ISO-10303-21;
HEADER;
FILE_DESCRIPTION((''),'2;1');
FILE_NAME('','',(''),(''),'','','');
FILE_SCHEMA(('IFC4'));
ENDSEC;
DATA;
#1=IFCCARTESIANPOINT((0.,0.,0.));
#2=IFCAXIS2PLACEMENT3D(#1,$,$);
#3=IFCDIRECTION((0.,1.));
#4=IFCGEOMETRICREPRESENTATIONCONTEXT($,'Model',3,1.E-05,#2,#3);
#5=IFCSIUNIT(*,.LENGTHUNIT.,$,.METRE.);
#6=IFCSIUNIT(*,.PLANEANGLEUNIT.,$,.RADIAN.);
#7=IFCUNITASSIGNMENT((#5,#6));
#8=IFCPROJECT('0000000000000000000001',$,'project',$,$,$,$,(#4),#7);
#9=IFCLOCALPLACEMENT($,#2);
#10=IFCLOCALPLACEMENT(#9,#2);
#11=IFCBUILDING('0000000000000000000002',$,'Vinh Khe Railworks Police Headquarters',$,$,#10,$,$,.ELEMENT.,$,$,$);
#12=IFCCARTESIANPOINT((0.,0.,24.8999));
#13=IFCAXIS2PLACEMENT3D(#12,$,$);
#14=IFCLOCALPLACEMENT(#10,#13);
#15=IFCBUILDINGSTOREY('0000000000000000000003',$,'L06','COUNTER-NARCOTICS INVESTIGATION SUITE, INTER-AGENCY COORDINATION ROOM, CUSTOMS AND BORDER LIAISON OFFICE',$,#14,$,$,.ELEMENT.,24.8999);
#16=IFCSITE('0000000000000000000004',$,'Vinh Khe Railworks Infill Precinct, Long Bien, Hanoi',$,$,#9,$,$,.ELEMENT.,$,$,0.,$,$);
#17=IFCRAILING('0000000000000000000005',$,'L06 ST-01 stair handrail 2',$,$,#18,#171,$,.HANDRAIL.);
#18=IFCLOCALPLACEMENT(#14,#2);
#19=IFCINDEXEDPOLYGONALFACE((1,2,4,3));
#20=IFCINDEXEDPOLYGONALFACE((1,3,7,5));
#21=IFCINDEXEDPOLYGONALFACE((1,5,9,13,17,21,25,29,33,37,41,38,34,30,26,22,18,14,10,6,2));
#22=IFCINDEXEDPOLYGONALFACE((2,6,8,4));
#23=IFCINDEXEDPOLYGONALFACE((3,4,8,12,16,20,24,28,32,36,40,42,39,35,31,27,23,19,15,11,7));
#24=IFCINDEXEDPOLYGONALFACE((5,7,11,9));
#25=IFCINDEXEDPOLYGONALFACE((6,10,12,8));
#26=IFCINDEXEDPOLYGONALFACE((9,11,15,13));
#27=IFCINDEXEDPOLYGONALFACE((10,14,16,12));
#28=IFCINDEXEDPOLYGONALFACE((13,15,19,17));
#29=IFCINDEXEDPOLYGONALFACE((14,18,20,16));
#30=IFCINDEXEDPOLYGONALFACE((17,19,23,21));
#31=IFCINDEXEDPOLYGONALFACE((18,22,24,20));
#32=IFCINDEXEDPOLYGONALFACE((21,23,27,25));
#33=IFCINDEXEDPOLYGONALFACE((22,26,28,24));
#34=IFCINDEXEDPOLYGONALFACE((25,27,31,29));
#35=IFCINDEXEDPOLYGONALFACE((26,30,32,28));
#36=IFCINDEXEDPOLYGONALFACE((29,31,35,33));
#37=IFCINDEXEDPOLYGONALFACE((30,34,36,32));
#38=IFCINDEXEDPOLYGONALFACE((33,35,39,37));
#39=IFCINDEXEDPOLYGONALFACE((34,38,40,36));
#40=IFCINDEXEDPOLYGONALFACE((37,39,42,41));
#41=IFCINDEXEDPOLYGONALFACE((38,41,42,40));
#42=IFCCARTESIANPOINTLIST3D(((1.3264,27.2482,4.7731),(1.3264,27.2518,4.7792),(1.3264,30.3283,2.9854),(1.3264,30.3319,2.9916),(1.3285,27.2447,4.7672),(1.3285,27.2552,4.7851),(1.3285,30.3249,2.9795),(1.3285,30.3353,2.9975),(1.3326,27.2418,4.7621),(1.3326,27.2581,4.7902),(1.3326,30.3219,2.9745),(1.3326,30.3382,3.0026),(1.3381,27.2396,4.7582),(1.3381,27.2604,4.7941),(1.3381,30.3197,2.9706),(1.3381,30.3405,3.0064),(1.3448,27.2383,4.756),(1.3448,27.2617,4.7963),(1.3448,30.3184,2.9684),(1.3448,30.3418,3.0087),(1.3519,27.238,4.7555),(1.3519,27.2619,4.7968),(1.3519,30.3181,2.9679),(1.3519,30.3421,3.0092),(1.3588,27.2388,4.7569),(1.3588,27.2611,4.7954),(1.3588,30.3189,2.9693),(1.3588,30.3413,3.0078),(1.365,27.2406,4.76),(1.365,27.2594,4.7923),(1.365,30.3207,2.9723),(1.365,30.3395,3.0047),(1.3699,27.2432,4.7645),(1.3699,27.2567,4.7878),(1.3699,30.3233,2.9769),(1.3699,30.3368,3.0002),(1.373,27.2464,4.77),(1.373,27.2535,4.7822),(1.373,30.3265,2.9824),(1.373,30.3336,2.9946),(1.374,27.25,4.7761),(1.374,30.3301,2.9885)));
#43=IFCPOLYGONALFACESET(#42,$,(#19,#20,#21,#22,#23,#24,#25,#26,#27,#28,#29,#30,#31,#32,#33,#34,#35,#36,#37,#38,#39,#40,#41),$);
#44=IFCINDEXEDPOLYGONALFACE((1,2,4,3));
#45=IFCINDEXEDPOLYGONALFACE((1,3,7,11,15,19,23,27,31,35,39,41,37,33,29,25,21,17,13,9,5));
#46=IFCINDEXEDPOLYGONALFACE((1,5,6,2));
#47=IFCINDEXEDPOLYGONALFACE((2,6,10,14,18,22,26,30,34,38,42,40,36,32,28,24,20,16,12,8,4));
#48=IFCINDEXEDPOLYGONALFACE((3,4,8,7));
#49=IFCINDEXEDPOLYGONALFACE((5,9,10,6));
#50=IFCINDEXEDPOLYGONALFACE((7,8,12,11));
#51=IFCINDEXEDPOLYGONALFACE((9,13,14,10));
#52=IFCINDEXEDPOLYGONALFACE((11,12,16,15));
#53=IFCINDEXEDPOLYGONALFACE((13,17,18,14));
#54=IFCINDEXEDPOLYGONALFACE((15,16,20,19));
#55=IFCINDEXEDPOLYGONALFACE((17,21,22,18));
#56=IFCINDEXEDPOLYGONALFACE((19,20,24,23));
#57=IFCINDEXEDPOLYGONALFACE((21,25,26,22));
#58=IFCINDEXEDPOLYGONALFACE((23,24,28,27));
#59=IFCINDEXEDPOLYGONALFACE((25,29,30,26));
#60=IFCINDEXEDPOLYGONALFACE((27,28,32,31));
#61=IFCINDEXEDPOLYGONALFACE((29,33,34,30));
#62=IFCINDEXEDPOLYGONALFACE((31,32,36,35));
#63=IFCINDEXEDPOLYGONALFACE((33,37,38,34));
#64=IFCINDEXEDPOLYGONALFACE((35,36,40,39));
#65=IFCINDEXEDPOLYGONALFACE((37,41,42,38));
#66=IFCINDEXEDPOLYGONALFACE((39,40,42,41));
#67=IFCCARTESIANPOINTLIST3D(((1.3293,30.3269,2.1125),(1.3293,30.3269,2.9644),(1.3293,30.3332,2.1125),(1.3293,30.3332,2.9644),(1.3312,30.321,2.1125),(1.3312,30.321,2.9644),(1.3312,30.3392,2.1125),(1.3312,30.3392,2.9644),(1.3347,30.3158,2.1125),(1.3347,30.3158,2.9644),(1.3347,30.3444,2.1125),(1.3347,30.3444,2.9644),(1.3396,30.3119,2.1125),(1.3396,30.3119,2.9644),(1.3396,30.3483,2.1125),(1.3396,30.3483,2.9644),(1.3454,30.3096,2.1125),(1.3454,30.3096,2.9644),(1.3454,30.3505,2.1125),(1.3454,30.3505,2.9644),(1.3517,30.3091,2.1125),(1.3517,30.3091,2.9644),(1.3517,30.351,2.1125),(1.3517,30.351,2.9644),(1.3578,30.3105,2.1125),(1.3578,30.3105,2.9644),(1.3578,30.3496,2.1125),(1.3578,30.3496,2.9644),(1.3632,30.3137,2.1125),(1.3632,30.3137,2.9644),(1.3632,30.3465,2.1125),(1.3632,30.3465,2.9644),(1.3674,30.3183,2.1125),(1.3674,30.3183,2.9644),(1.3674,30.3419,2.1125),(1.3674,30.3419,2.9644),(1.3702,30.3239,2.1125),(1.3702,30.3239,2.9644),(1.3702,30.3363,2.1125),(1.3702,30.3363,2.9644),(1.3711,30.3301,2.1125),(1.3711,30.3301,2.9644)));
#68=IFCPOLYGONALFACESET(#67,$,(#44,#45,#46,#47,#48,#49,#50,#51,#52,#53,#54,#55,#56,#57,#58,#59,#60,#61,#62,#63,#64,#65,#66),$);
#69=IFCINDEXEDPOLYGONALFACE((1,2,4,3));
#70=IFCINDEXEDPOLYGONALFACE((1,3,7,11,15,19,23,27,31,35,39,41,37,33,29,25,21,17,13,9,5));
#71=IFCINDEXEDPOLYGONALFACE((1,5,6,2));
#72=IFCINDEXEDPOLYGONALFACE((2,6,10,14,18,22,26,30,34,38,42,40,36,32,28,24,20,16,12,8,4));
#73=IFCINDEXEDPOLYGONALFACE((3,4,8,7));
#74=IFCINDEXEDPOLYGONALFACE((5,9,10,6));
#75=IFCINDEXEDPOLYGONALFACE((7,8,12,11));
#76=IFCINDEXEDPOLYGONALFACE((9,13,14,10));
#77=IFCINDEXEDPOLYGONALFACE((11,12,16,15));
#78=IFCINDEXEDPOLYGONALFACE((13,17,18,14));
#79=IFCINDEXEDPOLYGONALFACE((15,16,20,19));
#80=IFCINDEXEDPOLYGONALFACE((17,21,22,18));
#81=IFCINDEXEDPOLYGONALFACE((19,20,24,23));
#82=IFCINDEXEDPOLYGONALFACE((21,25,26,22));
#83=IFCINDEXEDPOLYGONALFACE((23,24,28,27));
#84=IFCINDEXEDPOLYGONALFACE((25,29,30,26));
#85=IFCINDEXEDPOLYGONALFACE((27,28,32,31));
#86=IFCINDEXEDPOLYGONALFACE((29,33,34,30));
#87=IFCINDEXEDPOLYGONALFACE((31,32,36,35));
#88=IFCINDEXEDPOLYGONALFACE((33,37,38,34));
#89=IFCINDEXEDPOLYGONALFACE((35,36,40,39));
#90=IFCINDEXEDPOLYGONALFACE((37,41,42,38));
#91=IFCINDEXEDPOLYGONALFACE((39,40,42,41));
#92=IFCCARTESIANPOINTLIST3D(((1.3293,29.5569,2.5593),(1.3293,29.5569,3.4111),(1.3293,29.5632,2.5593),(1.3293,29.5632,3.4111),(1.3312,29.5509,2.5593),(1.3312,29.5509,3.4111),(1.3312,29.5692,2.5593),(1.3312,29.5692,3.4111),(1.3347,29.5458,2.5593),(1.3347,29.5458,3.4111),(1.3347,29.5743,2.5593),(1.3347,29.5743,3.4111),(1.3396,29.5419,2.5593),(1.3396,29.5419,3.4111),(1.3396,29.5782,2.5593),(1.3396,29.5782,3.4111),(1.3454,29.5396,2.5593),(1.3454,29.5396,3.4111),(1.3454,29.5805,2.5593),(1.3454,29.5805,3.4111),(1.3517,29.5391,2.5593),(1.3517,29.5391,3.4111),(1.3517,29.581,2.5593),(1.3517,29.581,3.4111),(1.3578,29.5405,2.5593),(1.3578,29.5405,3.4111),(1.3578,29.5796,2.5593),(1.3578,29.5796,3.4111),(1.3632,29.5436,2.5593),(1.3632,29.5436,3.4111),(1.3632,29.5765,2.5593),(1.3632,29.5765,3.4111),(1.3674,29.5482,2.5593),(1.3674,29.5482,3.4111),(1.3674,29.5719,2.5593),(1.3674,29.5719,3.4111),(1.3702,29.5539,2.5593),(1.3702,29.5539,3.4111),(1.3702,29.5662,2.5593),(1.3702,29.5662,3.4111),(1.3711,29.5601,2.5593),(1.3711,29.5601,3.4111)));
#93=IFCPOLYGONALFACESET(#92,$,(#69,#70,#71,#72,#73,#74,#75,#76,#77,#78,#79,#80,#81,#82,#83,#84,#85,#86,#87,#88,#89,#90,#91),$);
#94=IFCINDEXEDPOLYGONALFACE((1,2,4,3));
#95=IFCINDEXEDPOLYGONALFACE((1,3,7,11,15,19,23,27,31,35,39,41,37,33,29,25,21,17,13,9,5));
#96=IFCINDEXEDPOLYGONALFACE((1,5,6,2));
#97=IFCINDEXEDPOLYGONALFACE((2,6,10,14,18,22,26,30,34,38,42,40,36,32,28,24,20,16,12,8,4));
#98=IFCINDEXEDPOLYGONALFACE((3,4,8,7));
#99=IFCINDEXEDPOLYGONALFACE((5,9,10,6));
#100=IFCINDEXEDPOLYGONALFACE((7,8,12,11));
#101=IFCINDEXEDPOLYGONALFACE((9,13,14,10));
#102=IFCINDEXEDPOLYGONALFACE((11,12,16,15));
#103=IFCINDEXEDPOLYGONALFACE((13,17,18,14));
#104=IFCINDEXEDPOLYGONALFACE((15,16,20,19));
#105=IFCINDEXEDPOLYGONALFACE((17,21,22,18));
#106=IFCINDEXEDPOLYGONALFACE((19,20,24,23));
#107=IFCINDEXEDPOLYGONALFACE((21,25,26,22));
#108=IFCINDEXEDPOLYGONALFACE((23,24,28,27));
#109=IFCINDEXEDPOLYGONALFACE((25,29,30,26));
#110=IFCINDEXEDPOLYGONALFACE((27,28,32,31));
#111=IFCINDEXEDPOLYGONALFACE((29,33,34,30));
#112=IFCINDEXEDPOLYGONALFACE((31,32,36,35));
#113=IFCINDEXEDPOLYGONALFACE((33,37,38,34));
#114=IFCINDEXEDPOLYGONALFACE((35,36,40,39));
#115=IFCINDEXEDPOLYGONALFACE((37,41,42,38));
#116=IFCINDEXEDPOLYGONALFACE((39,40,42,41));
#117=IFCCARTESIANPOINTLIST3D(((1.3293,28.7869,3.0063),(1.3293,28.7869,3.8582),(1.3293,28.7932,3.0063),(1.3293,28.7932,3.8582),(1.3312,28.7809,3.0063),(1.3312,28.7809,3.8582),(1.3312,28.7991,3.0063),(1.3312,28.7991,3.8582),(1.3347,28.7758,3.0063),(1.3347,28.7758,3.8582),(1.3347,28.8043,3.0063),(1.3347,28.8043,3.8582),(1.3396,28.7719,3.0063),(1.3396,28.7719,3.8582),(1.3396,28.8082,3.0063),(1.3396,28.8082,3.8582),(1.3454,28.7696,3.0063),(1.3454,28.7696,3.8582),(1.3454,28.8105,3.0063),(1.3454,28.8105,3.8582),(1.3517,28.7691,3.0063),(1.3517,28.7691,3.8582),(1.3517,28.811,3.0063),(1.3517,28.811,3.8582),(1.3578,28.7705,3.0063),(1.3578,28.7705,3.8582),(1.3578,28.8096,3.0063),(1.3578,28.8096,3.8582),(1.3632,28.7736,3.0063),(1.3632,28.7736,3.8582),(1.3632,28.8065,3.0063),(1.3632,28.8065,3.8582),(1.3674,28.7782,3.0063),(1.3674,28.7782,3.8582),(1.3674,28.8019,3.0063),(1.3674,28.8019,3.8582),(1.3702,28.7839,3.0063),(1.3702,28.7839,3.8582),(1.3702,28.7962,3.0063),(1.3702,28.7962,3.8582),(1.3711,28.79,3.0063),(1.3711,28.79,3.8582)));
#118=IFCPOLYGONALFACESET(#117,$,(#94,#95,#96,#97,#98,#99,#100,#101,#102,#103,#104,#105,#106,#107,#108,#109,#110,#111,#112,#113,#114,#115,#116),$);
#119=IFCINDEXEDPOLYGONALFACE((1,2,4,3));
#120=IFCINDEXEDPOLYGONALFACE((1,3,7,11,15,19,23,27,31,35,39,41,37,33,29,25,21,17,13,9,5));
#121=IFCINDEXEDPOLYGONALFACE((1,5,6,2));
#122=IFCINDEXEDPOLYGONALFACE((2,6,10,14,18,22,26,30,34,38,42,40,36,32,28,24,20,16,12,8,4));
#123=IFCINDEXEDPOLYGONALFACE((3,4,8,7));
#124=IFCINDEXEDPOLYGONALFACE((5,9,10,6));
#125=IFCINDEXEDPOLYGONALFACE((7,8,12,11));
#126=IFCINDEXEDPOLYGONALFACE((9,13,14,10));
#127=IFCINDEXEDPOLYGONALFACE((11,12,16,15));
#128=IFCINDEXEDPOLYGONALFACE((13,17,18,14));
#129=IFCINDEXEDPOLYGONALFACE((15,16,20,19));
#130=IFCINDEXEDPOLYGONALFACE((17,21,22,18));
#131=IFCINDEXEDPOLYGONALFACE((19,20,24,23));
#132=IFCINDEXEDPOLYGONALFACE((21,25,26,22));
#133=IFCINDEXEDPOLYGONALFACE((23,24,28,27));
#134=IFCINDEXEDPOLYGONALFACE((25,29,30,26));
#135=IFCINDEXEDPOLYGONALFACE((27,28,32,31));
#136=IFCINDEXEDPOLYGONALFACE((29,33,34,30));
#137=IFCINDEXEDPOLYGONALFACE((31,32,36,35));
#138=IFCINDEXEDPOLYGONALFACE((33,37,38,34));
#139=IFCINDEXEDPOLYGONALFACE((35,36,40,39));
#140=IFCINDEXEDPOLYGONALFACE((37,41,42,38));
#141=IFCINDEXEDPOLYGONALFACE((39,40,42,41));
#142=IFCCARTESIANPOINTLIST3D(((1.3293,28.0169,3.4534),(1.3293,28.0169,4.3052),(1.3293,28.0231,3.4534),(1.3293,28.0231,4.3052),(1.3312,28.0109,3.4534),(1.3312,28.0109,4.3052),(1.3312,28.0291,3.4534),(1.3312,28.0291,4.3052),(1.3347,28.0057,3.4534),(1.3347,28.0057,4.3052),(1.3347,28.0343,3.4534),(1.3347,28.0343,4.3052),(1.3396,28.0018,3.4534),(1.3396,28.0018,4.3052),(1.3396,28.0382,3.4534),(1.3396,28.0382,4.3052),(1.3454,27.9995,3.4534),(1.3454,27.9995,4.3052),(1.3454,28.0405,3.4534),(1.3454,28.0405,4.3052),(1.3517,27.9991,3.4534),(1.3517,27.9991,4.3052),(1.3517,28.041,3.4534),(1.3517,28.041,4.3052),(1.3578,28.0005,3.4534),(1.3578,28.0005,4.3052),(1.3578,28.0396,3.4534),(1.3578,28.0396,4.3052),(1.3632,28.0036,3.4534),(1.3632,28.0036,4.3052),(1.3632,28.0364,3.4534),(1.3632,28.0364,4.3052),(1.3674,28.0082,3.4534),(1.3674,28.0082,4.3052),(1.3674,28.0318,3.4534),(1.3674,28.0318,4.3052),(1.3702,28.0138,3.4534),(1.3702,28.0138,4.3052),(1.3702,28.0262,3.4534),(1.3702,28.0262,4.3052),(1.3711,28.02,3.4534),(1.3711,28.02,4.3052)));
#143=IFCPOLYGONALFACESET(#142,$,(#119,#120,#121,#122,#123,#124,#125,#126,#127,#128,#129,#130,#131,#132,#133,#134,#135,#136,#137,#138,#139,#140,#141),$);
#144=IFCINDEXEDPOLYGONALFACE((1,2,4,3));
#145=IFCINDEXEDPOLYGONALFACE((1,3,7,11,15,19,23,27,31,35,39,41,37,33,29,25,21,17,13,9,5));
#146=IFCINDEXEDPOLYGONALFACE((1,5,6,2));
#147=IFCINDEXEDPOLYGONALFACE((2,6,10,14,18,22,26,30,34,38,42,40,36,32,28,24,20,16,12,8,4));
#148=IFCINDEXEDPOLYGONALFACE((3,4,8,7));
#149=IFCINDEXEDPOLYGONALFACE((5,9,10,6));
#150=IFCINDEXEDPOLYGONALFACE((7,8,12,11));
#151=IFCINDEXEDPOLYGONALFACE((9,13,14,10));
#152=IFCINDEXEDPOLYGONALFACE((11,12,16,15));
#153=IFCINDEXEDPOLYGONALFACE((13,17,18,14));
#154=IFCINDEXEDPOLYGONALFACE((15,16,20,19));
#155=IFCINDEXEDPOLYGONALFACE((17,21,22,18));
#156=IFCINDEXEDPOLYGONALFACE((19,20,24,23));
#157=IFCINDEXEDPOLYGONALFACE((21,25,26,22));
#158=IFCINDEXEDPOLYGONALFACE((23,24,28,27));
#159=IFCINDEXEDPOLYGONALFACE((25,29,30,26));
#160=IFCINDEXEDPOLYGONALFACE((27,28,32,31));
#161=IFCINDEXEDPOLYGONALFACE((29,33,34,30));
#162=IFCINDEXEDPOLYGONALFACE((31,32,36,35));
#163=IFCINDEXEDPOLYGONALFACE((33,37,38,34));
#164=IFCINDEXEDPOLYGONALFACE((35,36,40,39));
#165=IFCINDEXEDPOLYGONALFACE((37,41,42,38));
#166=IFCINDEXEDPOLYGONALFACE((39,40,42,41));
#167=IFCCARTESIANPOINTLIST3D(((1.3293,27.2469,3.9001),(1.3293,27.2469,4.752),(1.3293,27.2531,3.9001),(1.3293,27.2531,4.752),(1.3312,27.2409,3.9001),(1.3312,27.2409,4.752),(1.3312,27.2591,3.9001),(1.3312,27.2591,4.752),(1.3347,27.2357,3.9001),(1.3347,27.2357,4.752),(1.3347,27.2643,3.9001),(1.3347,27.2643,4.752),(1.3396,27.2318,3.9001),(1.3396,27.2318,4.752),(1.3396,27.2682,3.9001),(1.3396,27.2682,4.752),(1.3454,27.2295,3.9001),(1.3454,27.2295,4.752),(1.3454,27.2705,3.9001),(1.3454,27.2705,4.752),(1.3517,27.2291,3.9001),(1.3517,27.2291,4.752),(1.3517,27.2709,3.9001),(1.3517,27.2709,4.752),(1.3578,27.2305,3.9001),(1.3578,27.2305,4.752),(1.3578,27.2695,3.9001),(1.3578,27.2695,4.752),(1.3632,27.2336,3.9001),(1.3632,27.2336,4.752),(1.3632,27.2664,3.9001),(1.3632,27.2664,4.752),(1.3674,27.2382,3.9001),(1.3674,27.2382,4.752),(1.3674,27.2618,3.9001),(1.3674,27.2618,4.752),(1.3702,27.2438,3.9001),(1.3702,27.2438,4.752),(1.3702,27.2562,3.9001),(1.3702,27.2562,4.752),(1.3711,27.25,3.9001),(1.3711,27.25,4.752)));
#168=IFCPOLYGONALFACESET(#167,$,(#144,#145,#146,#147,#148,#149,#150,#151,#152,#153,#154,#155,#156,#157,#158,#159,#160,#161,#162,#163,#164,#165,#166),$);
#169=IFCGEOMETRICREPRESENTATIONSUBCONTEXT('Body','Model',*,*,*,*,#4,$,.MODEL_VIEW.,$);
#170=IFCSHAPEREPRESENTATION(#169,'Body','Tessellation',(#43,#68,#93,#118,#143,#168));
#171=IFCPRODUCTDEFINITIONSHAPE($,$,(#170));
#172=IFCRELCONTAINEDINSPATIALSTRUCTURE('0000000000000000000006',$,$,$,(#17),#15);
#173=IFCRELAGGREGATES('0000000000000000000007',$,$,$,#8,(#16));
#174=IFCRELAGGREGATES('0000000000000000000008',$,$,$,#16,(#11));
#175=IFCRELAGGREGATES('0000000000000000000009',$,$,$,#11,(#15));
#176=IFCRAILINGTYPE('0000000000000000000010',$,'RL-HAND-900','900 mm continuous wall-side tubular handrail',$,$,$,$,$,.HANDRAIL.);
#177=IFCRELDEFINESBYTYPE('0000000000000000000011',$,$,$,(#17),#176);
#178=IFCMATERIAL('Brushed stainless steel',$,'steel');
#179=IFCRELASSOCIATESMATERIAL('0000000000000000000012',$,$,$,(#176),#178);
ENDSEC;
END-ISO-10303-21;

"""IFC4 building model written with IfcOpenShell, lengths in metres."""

from ifc_helpers import new_model, si_unit, direction, frame, origin, origin_2d, place, context, subcontext, project, spatial, circle, extrude, material, type_object, element, save


model = new_model("IFC4")

# Units and contexts
model_context = context("Model", 3, precision=1e-05, world=origin(), true_north=direction((0.0, 1.0)))
body_context = subcontext(model_context, "Body", "Model", "MODEL_VIEW")
ifc_project = project(units=[si_unit("LENGTHUNIT", "METRE"), si_unit("PLANEANGLEUNIT", "RADIAN")], contexts=[model_context])

# Site, building, storey
site_placement = place(None, origin())
site = spatial("IfcSite", under=ifc_project, at=site_placement, Name="Vinh Khe Railworks Infill Precinct, Long Bien, Hanoi", CompositionType="ELEMENT", RefElevation=0.0)
building_placement = place(site_placement, origin())
building = spatial("IfcBuilding", under=site, at=building_placement, Name="Vinh Khe Railworks Police Headquarters", CompositionType="ELEMENT")
storey_placement = place(building_placement, frame((0.0, 0.0, 24.8999)))
storey = spatial("IfcBuildingStorey", under=building, at=storey_placement, Name="L06", Description="COUNTER-NARCOTICS INVESTIGATION SUITE, INTER-AGENCY COORDINATION ROOM, CUSTOMS AND BORDER LIAISON OFFICE", CompositionType="ELEMENT", Elevation=24.8999)

# Railing
ifc_material_1 = material(Name="Brushed stainless steel", Category="steel")
railing_type_1 = type_object("IfcRailingType", Name="RL-HAND-900", Description="900 mm continuous wall-side tubular handrail", PredefinedType="HANDRAIL", material=ifc_material_1)
railing_1_placement = place(storey_placement, frame((1.3501, 30.3301, 2.1125)))
element("IfcRailing", 1, at=railing_1_placement, inside=storey, type_object=railing_type_1, Name="L06 ST-01 stair handrail 2", PredefinedType="HANDRAIL", context=body_context, shape_type="SweptSolid", body=[
    extrude(circle(Radius=0.0239, at=origin_2d()), frame((0.0, 0.0, 0.876), z_axis=(0.0, -0.864891, 0.50196), x_axis=(1.0, 0.0, 0.0)), (0.0, 0.0, 1.0), 3.5613),
    extrude(circle(Radius=0.021, at=origin_2d()), origin(), (0.0, 0.0, 1.0), 0.8518),
    extrude(circle(Radius=0.021, at=origin_2d()), frame((0.0, -0.77, 0.4468)), (0.0, 0.0, 1.0), 0.8518),
    extrude(circle(Radius=0.021, at=origin_2d()), frame((0.0, -1.54, 0.8938)), (0.0, 0.0, 1.0), 0.8518),
    extrude(circle(Radius=0.021, at=origin_2d()), frame((0.0, -2.3101, 1.3408)), (0.0, 0.0, 1.0), 0.8518),
    extrude(circle(Radius=0.021, at=origin_2d()), frame((0.0, -3.0801, 1.7876)), (0.0, 0.0, 1.0), 0.8518),
])

save(model, "model.ifc")
